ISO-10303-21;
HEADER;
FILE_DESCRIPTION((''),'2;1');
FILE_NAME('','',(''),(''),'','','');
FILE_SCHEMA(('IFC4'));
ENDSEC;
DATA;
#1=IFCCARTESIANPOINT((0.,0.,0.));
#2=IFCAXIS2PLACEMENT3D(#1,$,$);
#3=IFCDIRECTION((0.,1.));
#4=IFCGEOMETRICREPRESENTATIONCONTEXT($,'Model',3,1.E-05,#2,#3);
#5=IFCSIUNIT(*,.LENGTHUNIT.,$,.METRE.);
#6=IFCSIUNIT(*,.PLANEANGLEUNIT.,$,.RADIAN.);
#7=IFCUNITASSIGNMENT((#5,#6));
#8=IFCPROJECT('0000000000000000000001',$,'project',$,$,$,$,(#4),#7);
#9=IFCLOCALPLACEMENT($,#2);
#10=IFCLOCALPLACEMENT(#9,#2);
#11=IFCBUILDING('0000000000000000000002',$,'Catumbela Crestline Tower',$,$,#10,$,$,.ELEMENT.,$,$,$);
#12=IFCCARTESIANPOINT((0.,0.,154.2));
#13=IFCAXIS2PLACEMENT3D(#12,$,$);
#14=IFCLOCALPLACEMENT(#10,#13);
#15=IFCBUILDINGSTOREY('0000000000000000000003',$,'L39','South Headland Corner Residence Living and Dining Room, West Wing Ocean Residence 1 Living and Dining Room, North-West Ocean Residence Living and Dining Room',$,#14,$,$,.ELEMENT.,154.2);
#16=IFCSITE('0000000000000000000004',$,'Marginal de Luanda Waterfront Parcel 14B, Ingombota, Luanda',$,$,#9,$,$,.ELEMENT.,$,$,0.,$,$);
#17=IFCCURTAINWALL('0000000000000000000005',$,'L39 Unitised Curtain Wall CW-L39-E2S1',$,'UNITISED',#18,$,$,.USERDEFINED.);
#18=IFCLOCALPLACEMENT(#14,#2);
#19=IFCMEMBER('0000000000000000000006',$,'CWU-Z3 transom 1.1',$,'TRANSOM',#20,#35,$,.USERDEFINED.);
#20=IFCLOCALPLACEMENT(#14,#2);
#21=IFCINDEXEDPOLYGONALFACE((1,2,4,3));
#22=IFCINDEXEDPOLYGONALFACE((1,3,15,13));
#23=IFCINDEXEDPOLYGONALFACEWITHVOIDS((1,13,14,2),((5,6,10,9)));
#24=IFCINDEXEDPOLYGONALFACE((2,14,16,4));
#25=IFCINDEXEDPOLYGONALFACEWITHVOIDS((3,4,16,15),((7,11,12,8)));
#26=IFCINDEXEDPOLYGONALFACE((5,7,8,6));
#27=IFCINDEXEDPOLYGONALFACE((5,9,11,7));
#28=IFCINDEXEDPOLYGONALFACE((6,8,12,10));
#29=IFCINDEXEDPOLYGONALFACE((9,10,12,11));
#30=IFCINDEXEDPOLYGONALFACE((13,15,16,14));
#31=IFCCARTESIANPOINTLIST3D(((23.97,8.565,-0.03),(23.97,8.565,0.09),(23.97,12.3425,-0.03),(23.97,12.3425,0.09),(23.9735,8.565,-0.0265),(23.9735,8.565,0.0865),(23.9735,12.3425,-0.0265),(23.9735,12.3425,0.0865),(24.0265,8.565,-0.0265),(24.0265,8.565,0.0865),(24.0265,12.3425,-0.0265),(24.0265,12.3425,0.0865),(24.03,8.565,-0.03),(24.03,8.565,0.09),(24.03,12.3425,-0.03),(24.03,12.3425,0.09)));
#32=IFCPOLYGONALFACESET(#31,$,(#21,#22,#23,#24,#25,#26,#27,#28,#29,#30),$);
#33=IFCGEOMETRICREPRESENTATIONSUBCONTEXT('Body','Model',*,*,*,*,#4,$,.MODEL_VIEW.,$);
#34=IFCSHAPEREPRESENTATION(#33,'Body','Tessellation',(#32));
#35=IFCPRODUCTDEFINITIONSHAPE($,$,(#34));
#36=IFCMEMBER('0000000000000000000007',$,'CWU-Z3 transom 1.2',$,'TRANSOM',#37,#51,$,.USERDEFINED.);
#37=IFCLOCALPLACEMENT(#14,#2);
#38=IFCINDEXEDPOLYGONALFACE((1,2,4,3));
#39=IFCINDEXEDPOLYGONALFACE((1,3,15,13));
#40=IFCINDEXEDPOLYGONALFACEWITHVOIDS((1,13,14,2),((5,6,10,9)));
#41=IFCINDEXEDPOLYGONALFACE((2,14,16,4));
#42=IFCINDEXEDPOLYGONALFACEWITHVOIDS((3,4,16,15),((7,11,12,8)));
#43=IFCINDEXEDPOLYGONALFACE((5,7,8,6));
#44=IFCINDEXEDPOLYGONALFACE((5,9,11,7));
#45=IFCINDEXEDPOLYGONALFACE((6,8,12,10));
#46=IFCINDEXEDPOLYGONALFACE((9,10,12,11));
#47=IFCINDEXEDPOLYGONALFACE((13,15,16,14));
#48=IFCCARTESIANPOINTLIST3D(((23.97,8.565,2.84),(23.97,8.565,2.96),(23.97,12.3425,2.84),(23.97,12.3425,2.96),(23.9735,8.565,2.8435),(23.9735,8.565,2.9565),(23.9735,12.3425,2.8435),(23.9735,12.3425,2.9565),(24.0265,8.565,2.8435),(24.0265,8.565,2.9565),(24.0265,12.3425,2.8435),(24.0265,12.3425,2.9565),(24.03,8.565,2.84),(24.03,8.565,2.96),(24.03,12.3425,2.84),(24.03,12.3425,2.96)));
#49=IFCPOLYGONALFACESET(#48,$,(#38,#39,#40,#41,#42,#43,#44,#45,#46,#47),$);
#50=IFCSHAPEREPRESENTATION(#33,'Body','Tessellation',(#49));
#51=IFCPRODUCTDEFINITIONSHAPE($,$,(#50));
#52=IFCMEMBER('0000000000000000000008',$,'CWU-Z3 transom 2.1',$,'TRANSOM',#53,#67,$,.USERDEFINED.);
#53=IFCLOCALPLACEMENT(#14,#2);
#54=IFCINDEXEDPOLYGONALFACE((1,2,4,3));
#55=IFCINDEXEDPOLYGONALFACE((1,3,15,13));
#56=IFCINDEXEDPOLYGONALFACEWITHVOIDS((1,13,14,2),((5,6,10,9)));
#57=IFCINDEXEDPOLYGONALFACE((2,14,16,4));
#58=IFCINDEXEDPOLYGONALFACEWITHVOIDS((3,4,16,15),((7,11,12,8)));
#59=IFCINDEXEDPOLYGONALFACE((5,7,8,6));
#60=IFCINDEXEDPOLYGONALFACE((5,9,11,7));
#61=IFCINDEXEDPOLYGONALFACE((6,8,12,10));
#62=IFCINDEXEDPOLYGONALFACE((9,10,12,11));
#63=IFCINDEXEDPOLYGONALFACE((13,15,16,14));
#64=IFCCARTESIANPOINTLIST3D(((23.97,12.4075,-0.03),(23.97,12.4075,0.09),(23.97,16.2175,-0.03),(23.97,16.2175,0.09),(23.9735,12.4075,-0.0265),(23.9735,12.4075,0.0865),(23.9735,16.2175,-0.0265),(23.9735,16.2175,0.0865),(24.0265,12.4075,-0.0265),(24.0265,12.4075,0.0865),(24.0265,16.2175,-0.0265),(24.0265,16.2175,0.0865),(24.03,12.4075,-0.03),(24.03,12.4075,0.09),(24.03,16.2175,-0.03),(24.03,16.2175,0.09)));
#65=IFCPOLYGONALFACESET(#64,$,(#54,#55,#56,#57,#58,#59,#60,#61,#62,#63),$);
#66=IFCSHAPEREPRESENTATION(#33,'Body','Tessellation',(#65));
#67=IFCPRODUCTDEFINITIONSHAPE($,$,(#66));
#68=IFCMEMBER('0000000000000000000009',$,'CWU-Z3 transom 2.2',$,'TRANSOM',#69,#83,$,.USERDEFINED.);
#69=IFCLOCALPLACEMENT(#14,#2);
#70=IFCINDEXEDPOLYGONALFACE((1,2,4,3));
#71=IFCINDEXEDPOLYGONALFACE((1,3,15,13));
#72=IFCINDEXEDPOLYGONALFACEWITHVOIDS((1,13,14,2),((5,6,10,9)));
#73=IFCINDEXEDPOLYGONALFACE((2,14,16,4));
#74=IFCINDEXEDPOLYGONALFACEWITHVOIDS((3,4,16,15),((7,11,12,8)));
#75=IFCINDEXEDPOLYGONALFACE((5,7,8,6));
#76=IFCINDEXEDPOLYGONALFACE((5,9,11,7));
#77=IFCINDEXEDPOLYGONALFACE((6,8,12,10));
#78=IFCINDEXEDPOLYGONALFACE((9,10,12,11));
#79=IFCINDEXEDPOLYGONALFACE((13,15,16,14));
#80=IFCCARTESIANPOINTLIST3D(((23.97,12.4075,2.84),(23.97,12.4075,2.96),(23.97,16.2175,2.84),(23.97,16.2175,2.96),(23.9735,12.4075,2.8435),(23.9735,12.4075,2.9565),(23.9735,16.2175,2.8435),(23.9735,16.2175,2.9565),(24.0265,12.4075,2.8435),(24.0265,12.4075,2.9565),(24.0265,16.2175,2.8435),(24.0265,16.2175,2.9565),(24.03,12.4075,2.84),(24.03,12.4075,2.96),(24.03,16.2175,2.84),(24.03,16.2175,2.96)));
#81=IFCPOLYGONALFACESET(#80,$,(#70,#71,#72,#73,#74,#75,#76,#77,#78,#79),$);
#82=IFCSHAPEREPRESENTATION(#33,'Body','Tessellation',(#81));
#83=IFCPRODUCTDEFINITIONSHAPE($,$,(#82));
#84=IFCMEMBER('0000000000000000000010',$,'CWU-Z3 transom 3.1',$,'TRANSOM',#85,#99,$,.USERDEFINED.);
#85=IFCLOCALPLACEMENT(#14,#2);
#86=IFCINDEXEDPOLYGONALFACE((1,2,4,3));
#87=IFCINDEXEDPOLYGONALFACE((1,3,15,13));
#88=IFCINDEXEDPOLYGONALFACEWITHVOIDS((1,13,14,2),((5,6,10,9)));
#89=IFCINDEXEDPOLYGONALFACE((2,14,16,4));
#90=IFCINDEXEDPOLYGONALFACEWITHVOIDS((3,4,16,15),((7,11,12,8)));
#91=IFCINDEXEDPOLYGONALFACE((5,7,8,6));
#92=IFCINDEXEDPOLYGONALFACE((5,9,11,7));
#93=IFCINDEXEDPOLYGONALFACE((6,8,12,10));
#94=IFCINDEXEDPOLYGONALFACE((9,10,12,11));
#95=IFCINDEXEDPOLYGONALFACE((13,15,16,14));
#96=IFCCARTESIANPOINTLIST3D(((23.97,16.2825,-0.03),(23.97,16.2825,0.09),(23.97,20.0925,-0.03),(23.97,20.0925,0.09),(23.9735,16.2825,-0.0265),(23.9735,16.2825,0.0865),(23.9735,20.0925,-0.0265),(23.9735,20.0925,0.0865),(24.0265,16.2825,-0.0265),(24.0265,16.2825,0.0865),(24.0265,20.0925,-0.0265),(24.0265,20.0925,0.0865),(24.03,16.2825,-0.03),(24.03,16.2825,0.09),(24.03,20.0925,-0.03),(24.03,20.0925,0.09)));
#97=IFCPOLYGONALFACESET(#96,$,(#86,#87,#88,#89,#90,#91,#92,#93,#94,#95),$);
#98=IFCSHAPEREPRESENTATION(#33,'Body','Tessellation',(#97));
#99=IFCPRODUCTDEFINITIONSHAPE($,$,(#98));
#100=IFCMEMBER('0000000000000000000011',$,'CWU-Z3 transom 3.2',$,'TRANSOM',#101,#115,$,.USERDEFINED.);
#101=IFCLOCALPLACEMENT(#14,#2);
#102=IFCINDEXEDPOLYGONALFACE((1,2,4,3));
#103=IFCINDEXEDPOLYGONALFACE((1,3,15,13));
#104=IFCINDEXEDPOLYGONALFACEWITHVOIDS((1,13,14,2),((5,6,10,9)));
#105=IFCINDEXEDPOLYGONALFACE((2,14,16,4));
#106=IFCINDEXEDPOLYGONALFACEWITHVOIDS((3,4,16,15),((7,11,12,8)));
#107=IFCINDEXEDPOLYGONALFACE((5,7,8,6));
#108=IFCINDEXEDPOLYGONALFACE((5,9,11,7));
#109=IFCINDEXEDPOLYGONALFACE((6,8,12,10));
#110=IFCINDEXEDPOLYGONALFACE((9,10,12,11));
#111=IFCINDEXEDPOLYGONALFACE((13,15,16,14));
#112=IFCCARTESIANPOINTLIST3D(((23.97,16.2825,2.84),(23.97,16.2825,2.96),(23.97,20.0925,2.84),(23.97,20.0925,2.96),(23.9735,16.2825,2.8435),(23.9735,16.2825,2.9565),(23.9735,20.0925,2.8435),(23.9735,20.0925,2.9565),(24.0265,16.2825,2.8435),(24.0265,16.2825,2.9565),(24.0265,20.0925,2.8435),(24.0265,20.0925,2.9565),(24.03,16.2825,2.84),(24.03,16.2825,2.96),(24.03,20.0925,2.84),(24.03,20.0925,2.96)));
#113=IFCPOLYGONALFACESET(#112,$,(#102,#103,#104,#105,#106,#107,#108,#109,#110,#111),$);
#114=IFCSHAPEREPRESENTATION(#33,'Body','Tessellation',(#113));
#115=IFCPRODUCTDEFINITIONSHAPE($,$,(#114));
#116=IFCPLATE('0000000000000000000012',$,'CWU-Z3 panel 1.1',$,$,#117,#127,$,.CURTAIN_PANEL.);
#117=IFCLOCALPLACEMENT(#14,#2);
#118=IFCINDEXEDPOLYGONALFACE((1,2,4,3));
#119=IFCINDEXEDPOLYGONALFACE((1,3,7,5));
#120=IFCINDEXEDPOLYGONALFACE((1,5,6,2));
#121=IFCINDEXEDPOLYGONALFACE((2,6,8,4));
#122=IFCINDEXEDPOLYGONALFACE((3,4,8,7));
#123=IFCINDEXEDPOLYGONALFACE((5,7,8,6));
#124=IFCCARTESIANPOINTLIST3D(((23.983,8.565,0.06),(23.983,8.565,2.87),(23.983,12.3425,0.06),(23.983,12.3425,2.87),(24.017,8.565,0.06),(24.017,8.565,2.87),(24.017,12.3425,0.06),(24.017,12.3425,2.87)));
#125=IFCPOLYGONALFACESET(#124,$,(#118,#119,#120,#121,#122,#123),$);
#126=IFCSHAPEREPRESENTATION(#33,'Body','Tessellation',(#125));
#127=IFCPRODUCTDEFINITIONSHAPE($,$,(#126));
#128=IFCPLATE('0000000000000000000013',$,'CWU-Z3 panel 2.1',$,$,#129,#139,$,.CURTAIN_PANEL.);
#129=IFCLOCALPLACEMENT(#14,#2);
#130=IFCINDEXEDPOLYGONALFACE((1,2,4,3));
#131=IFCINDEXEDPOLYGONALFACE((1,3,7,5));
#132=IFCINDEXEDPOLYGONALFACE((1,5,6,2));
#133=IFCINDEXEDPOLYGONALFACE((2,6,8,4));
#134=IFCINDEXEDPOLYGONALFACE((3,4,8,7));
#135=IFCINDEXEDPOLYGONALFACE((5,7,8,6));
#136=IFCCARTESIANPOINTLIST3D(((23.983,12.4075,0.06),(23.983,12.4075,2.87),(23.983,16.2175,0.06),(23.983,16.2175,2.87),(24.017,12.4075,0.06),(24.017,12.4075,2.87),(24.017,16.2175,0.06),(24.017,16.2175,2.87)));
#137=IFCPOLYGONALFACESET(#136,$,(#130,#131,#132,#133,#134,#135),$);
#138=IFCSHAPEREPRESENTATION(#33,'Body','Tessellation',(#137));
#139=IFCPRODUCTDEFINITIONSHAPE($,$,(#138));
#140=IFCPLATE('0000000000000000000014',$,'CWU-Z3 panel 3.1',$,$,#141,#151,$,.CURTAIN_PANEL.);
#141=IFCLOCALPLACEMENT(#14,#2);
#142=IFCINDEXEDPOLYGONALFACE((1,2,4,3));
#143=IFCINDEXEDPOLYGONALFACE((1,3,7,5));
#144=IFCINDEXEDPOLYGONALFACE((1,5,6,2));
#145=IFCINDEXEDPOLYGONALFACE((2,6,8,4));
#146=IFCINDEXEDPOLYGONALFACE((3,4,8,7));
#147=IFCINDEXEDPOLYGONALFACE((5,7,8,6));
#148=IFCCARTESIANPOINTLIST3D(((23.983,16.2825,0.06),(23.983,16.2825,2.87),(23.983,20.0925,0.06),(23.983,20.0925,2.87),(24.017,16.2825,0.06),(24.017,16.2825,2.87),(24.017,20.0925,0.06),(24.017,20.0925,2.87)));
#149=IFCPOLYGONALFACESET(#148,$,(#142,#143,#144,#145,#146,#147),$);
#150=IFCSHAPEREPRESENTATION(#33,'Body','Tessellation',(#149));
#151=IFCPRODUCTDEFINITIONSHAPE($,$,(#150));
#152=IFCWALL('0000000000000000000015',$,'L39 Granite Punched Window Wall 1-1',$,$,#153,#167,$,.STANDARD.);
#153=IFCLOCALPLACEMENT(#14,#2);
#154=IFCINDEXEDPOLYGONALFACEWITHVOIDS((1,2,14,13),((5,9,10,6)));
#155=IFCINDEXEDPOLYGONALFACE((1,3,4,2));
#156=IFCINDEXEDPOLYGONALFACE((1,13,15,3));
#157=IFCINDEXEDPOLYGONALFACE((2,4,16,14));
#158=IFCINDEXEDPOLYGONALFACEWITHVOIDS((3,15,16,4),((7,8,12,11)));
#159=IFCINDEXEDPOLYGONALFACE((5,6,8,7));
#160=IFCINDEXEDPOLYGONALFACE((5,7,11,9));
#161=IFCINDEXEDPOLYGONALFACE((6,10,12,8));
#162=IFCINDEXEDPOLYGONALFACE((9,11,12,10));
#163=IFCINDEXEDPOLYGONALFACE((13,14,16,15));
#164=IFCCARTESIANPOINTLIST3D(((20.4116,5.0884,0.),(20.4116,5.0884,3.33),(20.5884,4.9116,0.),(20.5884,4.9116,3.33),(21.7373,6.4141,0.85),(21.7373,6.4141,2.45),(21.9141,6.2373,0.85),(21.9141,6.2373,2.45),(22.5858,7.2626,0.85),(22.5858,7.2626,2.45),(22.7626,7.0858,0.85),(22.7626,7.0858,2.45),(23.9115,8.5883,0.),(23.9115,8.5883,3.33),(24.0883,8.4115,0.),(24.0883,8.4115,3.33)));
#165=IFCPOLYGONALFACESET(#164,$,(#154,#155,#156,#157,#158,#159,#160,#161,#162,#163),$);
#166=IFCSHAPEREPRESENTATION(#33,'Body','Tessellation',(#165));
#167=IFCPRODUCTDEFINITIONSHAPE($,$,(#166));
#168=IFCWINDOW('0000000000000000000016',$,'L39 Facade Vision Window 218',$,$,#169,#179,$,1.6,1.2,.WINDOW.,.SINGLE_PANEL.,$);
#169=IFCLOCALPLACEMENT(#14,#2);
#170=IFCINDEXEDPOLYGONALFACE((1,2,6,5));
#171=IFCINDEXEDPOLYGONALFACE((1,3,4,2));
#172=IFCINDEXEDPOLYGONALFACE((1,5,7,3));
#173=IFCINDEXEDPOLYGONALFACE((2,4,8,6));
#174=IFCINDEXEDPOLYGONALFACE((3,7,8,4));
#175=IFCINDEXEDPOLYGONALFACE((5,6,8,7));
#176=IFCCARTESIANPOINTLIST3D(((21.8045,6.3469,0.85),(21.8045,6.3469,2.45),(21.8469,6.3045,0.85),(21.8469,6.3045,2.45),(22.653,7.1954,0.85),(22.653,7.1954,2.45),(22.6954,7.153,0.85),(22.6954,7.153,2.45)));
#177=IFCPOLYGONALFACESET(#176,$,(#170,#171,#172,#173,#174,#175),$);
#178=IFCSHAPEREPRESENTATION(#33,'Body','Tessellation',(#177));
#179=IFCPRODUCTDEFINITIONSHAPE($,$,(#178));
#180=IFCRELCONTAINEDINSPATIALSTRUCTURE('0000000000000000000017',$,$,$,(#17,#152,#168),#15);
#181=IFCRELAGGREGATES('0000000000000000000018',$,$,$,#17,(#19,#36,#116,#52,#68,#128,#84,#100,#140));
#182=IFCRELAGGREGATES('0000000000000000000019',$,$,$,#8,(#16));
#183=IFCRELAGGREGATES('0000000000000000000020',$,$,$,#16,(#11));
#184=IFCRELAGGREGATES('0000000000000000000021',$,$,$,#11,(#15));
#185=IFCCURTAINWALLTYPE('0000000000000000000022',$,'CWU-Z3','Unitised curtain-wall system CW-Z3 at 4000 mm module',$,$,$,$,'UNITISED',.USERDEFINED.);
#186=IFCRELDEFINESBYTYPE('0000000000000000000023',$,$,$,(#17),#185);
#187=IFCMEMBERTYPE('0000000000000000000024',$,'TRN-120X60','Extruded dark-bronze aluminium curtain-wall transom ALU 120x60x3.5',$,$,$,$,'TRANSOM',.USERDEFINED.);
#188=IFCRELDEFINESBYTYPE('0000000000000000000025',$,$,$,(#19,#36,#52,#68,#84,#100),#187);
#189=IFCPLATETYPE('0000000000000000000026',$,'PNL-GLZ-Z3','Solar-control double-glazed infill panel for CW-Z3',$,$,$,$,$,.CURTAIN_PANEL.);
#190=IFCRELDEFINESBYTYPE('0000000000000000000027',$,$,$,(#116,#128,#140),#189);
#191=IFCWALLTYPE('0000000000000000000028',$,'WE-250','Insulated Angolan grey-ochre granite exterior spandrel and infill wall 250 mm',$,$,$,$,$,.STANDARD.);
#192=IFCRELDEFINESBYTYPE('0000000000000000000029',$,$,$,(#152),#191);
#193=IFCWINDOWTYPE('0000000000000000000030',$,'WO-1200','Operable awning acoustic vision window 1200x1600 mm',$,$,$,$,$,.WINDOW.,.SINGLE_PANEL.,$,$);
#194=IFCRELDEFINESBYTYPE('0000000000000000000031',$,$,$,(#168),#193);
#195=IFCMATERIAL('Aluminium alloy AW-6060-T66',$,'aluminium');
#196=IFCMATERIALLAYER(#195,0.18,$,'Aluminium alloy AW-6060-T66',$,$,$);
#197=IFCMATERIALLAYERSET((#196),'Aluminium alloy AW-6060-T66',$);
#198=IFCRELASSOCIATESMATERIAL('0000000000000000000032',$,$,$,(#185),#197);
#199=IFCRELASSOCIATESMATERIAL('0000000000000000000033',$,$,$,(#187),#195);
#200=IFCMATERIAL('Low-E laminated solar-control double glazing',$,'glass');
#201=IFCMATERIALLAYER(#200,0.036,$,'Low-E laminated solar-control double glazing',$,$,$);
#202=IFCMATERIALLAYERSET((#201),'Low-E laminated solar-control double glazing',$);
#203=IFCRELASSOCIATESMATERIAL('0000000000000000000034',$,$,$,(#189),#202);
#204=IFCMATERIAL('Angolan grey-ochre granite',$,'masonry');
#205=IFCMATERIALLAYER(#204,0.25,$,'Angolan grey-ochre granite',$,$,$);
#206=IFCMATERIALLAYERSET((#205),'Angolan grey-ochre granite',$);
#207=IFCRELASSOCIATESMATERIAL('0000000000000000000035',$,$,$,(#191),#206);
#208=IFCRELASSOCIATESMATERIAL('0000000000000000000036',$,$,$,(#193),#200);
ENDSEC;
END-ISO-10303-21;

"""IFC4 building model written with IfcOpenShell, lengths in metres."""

from ifc_helpers import new_model, si_unit, direction, frame, frame_2d, origin, origin_2d, place, context, subcontext, project, spatial, rectangle, hollow_rectangle, extrude, material, layer, layer_set, material_profile, profile_set, type_object, element, fill, aggregate, save


model = new_model("IFC4")

# Units and contexts
model_context = context("Model", 3, precision=1e-05, world=origin(), true_north=direction((0.0, 1.0)))
body_context = subcontext(model_context, "Body", "Model", "MODEL_VIEW")
ifc_project = project(units=[si_unit("LENGTHUNIT", "METRE"), si_unit("PLANEANGLEUNIT", "RADIAN")], contexts=[model_context])

# Site, building, storey
site_placement = place(None, origin())
site = spatial("IfcSite", under=ifc_project, at=site_placement, Name="Marginal de Luanda Waterfront Parcel 14B, Ingombota, Luanda", CompositionType="ELEMENT", RefElevation=0.0)
building_placement = place(site_placement, origin())
building = spatial("IfcBuilding", under=site, at=building_placement, Name="Catumbela Crestline Tower", CompositionType="ELEMENT")
storey_placement = place(building_placement, frame((0.0, 0.0, 154.2)))
storey = spatial("IfcBuildingStorey", under=building, at=storey_placement, Name="L39", Description="South Headland Corner Residence Living and Dining Room, West Wing Ocean Residence 1 Living and Dining Room, North-West Ocean Residence Living and Dining Room", CompositionType="ELEMENT", Elevation=154.2)

# Shared definitions
ifc_material_1 = material(Name="Aluminium alloy AW-6060-T66", Category="aluminium")
ifc_layer_1 = layer(ifc_material_1, 0.18, Name="Aluminium alloy AW-6060-T66")
ifc_layer_set_1 = layer_set([ifc_layer_1], Name="Aluminium alloy AW-6060-T66")
curtain_wall_type = type_object("IfcCurtainWallType", Name="CWU-Z3", Description="Unitised curtain-wall system CW-Z3 at 4000 mm module", ElementType="UNITISED", PredefinedType="USERDEFINED", material=ifc_layer_set_1)

# Curtain wall
curtain_wall_1_placement = place(storey_placement, origin())
curtain_wall_1 = element("IfcCurtainWall", 1, at=curtain_wall_1_placement, inside=storey, type_object=curtain_wall_type, Name="L39 Unitised Curtain Wall CW-L39-E2S1", ObjectType="UNITISED", PredefinedType="USERDEFINED")

# Members
ifc_material_profile_1 = material_profile(ifc_material_1, hollow_rectangle(XDim=0.06, YDim=0.12, WallThickness=0.0035, at=origin_2d()), Name="ALU 120x60x3.5")
ifc_profile_set_1 = profile_set([ifc_material_profile_1], Name="Aluminium alloy AW-6060-T66")
member_type_1 = type_object("IfcMemberType", Name="TRN-120X60", Description="Extruded dark-bronze aluminium curtain-wall transom ALU 120x60x3.5", ElementType="TRANSOM", PredefinedType="USERDEFINED", material=ifc_profile_set_1)
member_1_placement = place(storey_placement, frame((24.0, 8.565, 0.03), z_axis=(0.0, 1.0, 0.0), x_axis=(-1.0, 0.0, 0.0)))
member_1 = element("IfcMember", 2, at=member_1_placement, type_object=member_type_1, Name="CWU-Z3 transom 1.1", ObjectType="TRANSOM", PredefinedType="USERDEFINED", context=body_context, shape_type="SweptSolid", body=[
    extrude(hollow_rectangle(XDim=0.06, YDim=0.12, WallThickness=0.0035, at=origin_2d()), origin(), (0.0, 0.0, 1.0), 3.7775),
])
member_2_placement = place(storey_placement, frame((24.0, 8.565, 2.9), z_axis=(0.0, 1.0, 0.0), x_axis=(-1.0, 0.0, 0.0)))
member_2 = element("IfcMember", 3, at=member_2_placement, type_object=member_type_1, Name="CWU-Z3 transom 1.2", ObjectType="TRANSOM", PredefinedType="USERDEFINED", context=body_context, shape_type="SweptSolid", body=[
    extrude(hollow_rectangle(XDim=0.06, YDim=0.12, WallThickness=0.0035, at=origin_2d()), origin(), (0.0, 0.0, 1.0), 3.7775),
])
member_3_placement = place(storey_placement, frame((24.0, 12.4075, 0.03), z_axis=(0.0, 1.0, 0.0), x_axis=(-1.0, 0.0, 0.0)))
member_3 = element("IfcMember", 4, at=member_3_placement, type_object=member_type_1, Name="CWU-Z3 transom 2.1", ObjectType="TRANSOM", PredefinedType="USERDEFINED", context=body_context, shape_type="SweptSolid", body=[
    extrude(hollow_rectangle(XDim=0.06, YDim=0.12, WallThickness=0.0035, at=origin_2d()), origin(), (0.0, 0.0, 1.0), 3.81),
])
member_4_placement = place(storey_placement, frame((24.0, 12.4075, 2.9), z_axis=(0.0, 1.0, 0.0), x_axis=(-1.0, 0.0, 0.0)))
member_4 = element("IfcMember", 5, at=member_4_placement, type_object=member_type_1, Name="CWU-Z3 transom 2.2", ObjectType="TRANSOM", PredefinedType="USERDEFINED", context=body_context, shape_type="SweptSolid", body=[
    extrude(hollow_rectangle(XDim=0.06, YDim=0.12, WallThickness=0.0035, at=origin_2d()), origin(), (0.0, 0.0, 1.0), 3.81),
])
member_5_placement = place(storey_placement, frame((24.0, 16.2825, 0.03), z_axis=(0.0, 1.0, 0.0), x_axis=(-1.0, 0.0, 0.0)))
member_5 = element("IfcMember", 6, at=member_5_placement, type_object=member_type_1, Name="CWU-Z3 transom 3.1", ObjectType="TRANSOM", PredefinedType="USERDEFINED", context=body_context, shape_type="SweptSolid", body=[
    extrude(hollow_rectangle(XDim=0.06, YDim=0.12, WallThickness=0.0035, at=origin_2d()), origin(), (0.0, 0.0, 1.0), 3.81),
])
member_6_placement = place(storey_placement, frame((24.0, 16.2825, 2.9), z_axis=(0.0, 1.0, 0.0), x_axis=(-1.0, 0.0, 0.0)))
member_6 = element("IfcMember", 7, at=member_6_placement, type_object=member_type_1, Name="CWU-Z3 transom 3.2", ObjectType="TRANSOM", PredefinedType="USERDEFINED", context=body_context, shape_type="SweptSolid", body=[
    extrude(hollow_rectangle(XDim=0.06, YDim=0.12, WallThickness=0.0035, at=origin_2d()), origin(), (0.0, 0.0, 1.0), 3.81),
])

# Plates
ifc_material_2 = material(Name="Low-E laminated solar-control double glazing", Category="glass")
ifc_layer_2 = layer(ifc_material_2, 0.036, Name="Low-E laminated solar-control double glazing")
ifc_layer_set_2 = layer_set([ifc_layer_2], Name="Low-E laminated solar-control double glazing")
plate_type = type_object("IfcPlateType", Name="PNL-GLZ-Z3", Description="Solar-control double-glazed infill panel for CW-Z3", PredefinedType="CURTAIN_PANEL", material=ifc_layer_set_2)
plate_1_placement = place(storey_placement, frame((24.0, 10.4538, 0.06), z_axis=(0.0, 0.0, 1.0), x_axis=(0.0, 1.0, 0.0)))
plate_1 = element("IfcPlate", 8, at=plate_1_placement, type_object=plate_type, Name="CWU-Z3 panel 1.1", PredefinedType="CURTAIN_PANEL", context=body_context, shape_type="SweptSolid", body=[
    extrude(rectangle(XDim=3.7775, YDim=0.034, at=origin_2d()), origin(), (0.0, 0.0, 1.0), 2.81),
])
plate_2_placement = place(storey_placement, frame((24.0, 14.3125, 0.06), z_axis=(0.0, 0.0, 1.0), x_axis=(0.0, 1.0, 0.0)))
plate_2 = element("IfcPlate", 9, at=plate_2_placement, type_object=plate_type, Name="CWU-Z3 panel 2.1", PredefinedType="CURTAIN_PANEL", context=body_context, shape_type="SweptSolid", body=[
    extrude(rectangle(XDim=3.81, YDim=0.034, at=origin_2d()), origin(), (0.0, 0.0, 1.0), 2.81),
])
plate_3_placement = place(storey_placement, frame((24.0, 18.1875, 0.06), z_axis=(0.0, 0.0, 1.0), x_axis=(0.0, 1.0, 0.0)))
plate_3 = element("IfcPlate", 10, at=plate_3_placement, type_object=plate_type, Name="CWU-Z3 panel 3.1", PredefinedType="CURTAIN_PANEL", context=body_context, shape_type="SweptSolid", body=[
    extrude(rectangle(XDim=3.81, YDim=0.034, at=origin_2d()), origin(), (0.0, 0.0, 1.0), 2.81),
])
aggregate(curtain_wall_1, [member_1, member_2, plate_1, member_3, member_4, plate_2, member_5, member_6, plate_3])

# Wall, opening, window
ifc_material_3 = material(Name="Angolan grey-ochre granite", Category="masonry")
ifc_layer_3 = layer(ifc_material_3, 0.25, Name="Angolan grey-ochre granite")
ifc_layer_set_3 = layer_set([ifc_layer_3], Name="Angolan grey-ochre granite")
wall_type = type_object("IfcWallType", Name="WE-250", Description="Insulated Angolan grey-ochre granite exterior spandrel and infill wall 250 mm", PredefinedType="STANDARD", material=ifc_layer_set_3)
wall_placement = place(storey_placement, frame((20.5, 5.0, 0.0), z_axis=(0.0, 0.0, 1.0), x_axis=(0.707107, 0.707107, 0.0)))
wall = element("IfcWall", 11, at=wall_placement, inside=storey, type_object=wall_type, Name="L39 Granite Punched Window Wall 1-1", PredefinedType="STANDARD", context=body_context, shape_type="SweptSolid", body=[
    extrude(rectangle(XDim=4.9497, YDim=0.25, at=frame_2d((2.4748, 0.0))), origin(), (0.0, 0.0, 1.0), 3.33),
])
opening_placement = place(wall_placement, frame((1.8748, 0.0, 0.85)))
opening = element("IfcOpeningElement", 12, at=opening_placement, cuts=wall, PredefinedType="OPENING", context=body_context, shape_type="SweptSolid", body=[
    extrude(rectangle(XDim=1.2, YDim=1.6, at=frame_2d((0.6, 0.8))), frame((0.0, 0.135, 0.0), z_axis=(0.0, -1.0, 0.0), x_axis=(1.0, 0.0, 0.0)), (0.0, 0.0, 1.0), 0.27),
])
window_type = type_object("IfcWindowType", Name="WO-1200", Description="Operable awning acoustic vision window 1200x1600 mm", PartitioningType="SINGLE_PANEL", PredefinedType="WINDOW", material=ifc_material_2)
window_placement = place(opening_placement, origin())
window = element("IfcWindow", 13, at=window_placement, inside=storey, type_object=window_type, Name="L39 Facade Vision Window 218", OverallHeight=1.6, OverallWidth=1.2, PartitioningType="SINGLE_PANEL", PredefinedType="WINDOW", context=body_context, shape_type="SweptSolid", body=[
    extrude(rectangle(XDim=1.2, YDim=1.6, at=frame_2d((0.6, 0.8))), frame((0.0, 0.03, 0.0), z_axis=(0.0, -1.0, 0.0), x_axis=(1.0, 0.0, 0.0)), (0.0, 0.0, 1.0), 0.06),
])
fill(opening, window)

save(model, "model.ifc")
